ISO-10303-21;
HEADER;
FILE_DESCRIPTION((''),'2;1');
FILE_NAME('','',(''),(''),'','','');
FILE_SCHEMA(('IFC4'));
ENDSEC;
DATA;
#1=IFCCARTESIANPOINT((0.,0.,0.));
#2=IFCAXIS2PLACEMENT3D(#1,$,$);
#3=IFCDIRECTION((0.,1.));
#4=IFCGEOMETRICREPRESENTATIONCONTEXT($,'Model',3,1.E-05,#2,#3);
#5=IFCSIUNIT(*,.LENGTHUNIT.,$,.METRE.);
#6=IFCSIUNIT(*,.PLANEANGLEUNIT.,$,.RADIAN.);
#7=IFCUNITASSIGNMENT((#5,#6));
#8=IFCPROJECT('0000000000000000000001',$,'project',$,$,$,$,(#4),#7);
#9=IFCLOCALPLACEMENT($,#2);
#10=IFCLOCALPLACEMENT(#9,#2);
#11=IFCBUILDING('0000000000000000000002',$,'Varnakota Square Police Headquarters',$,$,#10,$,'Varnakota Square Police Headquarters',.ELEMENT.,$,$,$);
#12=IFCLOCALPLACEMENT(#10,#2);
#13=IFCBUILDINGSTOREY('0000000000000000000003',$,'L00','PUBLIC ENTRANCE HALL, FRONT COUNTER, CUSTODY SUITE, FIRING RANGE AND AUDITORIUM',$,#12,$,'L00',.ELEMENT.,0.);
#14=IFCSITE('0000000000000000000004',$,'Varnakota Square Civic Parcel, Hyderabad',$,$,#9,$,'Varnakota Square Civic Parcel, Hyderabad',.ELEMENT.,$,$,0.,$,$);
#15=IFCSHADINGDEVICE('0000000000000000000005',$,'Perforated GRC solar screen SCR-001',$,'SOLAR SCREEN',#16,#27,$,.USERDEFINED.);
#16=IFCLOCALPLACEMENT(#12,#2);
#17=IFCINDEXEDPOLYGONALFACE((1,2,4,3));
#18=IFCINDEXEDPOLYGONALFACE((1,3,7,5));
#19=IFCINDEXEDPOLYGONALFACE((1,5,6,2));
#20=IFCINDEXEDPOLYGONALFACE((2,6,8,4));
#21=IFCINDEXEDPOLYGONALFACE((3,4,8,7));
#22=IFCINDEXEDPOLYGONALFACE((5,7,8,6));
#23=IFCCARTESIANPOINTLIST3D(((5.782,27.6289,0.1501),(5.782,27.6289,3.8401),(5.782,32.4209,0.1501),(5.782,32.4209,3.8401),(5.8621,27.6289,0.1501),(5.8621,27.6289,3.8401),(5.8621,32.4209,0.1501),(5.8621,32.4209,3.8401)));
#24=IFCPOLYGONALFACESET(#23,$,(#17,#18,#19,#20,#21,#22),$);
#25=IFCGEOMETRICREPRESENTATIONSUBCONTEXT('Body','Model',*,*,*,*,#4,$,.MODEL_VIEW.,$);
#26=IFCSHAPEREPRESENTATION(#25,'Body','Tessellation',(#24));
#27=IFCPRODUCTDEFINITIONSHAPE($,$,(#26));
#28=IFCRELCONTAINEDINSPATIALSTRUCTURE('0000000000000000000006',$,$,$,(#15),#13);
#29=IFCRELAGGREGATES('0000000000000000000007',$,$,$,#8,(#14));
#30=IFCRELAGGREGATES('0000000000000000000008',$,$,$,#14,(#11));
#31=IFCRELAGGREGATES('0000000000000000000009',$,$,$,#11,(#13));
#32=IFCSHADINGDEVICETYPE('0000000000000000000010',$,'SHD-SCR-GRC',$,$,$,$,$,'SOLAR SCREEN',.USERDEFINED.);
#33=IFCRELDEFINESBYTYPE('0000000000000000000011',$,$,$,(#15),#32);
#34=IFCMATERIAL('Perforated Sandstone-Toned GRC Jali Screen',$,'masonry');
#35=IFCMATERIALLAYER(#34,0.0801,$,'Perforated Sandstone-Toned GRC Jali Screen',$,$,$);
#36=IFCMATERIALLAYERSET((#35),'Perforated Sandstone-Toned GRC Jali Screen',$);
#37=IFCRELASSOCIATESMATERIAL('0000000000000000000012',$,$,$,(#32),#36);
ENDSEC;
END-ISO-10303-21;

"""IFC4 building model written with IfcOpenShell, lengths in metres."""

from ifc_helpers import new_model, si_unit, direction, frame, origin, origin_2d, place, context, subcontext, project, spatial, rectangle, extrude, material, layer, layer_set, type_object, element, save


model = new_model("IFC4")

# Units and contexts
model_context = context("Model", 3, precision=1e-05, world=origin(), true_north=direction((0.0, 1.0)))
body_context = subcontext(model_context, "Body", "Model", "MODEL_VIEW")
ifc_project = project(units=[si_unit("LENGTHUNIT", "METRE"), si_unit("PLANEANGLEUNIT", "RADIAN")], contexts=[model_context])

# Site, building, storey
site_placement = place(None, origin())
site = spatial("IfcSite", under=ifc_project, at=site_placement, Name="Varnakota Square Civic Parcel, Hyderabad", LongName="Varnakota Square Civic Parcel, Hyderabad", CompositionType="ELEMENT", RefElevation=0.0)
building_placement = place(site_placement, origin())
building = spatial("IfcBuilding", under=site, at=building_placement, Name="Varnakota Square Police Headquarters", LongName="Varnakota Square Police Headquarters", CompositionType="ELEMENT")
storey_placement = place(building_placement, origin())
storey = spatial("IfcBuildingStorey", under=building, at=storey_placement, Name="L00", Description="PUBLIC ENTRANCE HALL, FRONT COUNTER, CUSTODY SUITE, FIRING RANGE AND AUDITORIUM", LongName="L00", CompositionType="ELEMENT", Elevation=0.0)

# Shading device
ifc_material_1 = material(Name="Perforated Sandstone-Toned GRC Jali Screen", Category="masonry")
ifc_layer_1 = layer(ifc_material_1, 0.0801, Name="Perforated Sandstone-Toned GRC Jali Screen")
ifc_layer_set_1 = layer_set([ifc_layer_1], Name="Perforated Sandstone-Toned GRC Jali Screen")
shading_device_type = type_object("IfcShadingDeviceType", Name="SHD-SCR-GRC", ElementType="SOLAR SCREEN", PredefinedType="USERDEFINED", material=ifc_layer_set_1)
shading_device_placement = place(storey_placement, frame((5.822, 30.0249, 0.1501), z_axis=(0.0, 0.0, 1.0), x_axis=(0.0, 1.0, 0.0)))
element("IfcShadingDevice", 1, at=shading_device_placement, inside=storey, type_object=shading_device_type, Name="Perforated GRC solar screen SCR-001", ObjectType="SOLAR SCREEN", PredefinedType="USERDEFINED", context=body_context, shape_type="SweptSolid", body=[
    extrude(rectangle(XDim=4.792, YDim=0.0801, at=origin_2d()), origin(), (0.0, 0.0, 1.0), 3.6899),
])

save(model, "model.ifc")
